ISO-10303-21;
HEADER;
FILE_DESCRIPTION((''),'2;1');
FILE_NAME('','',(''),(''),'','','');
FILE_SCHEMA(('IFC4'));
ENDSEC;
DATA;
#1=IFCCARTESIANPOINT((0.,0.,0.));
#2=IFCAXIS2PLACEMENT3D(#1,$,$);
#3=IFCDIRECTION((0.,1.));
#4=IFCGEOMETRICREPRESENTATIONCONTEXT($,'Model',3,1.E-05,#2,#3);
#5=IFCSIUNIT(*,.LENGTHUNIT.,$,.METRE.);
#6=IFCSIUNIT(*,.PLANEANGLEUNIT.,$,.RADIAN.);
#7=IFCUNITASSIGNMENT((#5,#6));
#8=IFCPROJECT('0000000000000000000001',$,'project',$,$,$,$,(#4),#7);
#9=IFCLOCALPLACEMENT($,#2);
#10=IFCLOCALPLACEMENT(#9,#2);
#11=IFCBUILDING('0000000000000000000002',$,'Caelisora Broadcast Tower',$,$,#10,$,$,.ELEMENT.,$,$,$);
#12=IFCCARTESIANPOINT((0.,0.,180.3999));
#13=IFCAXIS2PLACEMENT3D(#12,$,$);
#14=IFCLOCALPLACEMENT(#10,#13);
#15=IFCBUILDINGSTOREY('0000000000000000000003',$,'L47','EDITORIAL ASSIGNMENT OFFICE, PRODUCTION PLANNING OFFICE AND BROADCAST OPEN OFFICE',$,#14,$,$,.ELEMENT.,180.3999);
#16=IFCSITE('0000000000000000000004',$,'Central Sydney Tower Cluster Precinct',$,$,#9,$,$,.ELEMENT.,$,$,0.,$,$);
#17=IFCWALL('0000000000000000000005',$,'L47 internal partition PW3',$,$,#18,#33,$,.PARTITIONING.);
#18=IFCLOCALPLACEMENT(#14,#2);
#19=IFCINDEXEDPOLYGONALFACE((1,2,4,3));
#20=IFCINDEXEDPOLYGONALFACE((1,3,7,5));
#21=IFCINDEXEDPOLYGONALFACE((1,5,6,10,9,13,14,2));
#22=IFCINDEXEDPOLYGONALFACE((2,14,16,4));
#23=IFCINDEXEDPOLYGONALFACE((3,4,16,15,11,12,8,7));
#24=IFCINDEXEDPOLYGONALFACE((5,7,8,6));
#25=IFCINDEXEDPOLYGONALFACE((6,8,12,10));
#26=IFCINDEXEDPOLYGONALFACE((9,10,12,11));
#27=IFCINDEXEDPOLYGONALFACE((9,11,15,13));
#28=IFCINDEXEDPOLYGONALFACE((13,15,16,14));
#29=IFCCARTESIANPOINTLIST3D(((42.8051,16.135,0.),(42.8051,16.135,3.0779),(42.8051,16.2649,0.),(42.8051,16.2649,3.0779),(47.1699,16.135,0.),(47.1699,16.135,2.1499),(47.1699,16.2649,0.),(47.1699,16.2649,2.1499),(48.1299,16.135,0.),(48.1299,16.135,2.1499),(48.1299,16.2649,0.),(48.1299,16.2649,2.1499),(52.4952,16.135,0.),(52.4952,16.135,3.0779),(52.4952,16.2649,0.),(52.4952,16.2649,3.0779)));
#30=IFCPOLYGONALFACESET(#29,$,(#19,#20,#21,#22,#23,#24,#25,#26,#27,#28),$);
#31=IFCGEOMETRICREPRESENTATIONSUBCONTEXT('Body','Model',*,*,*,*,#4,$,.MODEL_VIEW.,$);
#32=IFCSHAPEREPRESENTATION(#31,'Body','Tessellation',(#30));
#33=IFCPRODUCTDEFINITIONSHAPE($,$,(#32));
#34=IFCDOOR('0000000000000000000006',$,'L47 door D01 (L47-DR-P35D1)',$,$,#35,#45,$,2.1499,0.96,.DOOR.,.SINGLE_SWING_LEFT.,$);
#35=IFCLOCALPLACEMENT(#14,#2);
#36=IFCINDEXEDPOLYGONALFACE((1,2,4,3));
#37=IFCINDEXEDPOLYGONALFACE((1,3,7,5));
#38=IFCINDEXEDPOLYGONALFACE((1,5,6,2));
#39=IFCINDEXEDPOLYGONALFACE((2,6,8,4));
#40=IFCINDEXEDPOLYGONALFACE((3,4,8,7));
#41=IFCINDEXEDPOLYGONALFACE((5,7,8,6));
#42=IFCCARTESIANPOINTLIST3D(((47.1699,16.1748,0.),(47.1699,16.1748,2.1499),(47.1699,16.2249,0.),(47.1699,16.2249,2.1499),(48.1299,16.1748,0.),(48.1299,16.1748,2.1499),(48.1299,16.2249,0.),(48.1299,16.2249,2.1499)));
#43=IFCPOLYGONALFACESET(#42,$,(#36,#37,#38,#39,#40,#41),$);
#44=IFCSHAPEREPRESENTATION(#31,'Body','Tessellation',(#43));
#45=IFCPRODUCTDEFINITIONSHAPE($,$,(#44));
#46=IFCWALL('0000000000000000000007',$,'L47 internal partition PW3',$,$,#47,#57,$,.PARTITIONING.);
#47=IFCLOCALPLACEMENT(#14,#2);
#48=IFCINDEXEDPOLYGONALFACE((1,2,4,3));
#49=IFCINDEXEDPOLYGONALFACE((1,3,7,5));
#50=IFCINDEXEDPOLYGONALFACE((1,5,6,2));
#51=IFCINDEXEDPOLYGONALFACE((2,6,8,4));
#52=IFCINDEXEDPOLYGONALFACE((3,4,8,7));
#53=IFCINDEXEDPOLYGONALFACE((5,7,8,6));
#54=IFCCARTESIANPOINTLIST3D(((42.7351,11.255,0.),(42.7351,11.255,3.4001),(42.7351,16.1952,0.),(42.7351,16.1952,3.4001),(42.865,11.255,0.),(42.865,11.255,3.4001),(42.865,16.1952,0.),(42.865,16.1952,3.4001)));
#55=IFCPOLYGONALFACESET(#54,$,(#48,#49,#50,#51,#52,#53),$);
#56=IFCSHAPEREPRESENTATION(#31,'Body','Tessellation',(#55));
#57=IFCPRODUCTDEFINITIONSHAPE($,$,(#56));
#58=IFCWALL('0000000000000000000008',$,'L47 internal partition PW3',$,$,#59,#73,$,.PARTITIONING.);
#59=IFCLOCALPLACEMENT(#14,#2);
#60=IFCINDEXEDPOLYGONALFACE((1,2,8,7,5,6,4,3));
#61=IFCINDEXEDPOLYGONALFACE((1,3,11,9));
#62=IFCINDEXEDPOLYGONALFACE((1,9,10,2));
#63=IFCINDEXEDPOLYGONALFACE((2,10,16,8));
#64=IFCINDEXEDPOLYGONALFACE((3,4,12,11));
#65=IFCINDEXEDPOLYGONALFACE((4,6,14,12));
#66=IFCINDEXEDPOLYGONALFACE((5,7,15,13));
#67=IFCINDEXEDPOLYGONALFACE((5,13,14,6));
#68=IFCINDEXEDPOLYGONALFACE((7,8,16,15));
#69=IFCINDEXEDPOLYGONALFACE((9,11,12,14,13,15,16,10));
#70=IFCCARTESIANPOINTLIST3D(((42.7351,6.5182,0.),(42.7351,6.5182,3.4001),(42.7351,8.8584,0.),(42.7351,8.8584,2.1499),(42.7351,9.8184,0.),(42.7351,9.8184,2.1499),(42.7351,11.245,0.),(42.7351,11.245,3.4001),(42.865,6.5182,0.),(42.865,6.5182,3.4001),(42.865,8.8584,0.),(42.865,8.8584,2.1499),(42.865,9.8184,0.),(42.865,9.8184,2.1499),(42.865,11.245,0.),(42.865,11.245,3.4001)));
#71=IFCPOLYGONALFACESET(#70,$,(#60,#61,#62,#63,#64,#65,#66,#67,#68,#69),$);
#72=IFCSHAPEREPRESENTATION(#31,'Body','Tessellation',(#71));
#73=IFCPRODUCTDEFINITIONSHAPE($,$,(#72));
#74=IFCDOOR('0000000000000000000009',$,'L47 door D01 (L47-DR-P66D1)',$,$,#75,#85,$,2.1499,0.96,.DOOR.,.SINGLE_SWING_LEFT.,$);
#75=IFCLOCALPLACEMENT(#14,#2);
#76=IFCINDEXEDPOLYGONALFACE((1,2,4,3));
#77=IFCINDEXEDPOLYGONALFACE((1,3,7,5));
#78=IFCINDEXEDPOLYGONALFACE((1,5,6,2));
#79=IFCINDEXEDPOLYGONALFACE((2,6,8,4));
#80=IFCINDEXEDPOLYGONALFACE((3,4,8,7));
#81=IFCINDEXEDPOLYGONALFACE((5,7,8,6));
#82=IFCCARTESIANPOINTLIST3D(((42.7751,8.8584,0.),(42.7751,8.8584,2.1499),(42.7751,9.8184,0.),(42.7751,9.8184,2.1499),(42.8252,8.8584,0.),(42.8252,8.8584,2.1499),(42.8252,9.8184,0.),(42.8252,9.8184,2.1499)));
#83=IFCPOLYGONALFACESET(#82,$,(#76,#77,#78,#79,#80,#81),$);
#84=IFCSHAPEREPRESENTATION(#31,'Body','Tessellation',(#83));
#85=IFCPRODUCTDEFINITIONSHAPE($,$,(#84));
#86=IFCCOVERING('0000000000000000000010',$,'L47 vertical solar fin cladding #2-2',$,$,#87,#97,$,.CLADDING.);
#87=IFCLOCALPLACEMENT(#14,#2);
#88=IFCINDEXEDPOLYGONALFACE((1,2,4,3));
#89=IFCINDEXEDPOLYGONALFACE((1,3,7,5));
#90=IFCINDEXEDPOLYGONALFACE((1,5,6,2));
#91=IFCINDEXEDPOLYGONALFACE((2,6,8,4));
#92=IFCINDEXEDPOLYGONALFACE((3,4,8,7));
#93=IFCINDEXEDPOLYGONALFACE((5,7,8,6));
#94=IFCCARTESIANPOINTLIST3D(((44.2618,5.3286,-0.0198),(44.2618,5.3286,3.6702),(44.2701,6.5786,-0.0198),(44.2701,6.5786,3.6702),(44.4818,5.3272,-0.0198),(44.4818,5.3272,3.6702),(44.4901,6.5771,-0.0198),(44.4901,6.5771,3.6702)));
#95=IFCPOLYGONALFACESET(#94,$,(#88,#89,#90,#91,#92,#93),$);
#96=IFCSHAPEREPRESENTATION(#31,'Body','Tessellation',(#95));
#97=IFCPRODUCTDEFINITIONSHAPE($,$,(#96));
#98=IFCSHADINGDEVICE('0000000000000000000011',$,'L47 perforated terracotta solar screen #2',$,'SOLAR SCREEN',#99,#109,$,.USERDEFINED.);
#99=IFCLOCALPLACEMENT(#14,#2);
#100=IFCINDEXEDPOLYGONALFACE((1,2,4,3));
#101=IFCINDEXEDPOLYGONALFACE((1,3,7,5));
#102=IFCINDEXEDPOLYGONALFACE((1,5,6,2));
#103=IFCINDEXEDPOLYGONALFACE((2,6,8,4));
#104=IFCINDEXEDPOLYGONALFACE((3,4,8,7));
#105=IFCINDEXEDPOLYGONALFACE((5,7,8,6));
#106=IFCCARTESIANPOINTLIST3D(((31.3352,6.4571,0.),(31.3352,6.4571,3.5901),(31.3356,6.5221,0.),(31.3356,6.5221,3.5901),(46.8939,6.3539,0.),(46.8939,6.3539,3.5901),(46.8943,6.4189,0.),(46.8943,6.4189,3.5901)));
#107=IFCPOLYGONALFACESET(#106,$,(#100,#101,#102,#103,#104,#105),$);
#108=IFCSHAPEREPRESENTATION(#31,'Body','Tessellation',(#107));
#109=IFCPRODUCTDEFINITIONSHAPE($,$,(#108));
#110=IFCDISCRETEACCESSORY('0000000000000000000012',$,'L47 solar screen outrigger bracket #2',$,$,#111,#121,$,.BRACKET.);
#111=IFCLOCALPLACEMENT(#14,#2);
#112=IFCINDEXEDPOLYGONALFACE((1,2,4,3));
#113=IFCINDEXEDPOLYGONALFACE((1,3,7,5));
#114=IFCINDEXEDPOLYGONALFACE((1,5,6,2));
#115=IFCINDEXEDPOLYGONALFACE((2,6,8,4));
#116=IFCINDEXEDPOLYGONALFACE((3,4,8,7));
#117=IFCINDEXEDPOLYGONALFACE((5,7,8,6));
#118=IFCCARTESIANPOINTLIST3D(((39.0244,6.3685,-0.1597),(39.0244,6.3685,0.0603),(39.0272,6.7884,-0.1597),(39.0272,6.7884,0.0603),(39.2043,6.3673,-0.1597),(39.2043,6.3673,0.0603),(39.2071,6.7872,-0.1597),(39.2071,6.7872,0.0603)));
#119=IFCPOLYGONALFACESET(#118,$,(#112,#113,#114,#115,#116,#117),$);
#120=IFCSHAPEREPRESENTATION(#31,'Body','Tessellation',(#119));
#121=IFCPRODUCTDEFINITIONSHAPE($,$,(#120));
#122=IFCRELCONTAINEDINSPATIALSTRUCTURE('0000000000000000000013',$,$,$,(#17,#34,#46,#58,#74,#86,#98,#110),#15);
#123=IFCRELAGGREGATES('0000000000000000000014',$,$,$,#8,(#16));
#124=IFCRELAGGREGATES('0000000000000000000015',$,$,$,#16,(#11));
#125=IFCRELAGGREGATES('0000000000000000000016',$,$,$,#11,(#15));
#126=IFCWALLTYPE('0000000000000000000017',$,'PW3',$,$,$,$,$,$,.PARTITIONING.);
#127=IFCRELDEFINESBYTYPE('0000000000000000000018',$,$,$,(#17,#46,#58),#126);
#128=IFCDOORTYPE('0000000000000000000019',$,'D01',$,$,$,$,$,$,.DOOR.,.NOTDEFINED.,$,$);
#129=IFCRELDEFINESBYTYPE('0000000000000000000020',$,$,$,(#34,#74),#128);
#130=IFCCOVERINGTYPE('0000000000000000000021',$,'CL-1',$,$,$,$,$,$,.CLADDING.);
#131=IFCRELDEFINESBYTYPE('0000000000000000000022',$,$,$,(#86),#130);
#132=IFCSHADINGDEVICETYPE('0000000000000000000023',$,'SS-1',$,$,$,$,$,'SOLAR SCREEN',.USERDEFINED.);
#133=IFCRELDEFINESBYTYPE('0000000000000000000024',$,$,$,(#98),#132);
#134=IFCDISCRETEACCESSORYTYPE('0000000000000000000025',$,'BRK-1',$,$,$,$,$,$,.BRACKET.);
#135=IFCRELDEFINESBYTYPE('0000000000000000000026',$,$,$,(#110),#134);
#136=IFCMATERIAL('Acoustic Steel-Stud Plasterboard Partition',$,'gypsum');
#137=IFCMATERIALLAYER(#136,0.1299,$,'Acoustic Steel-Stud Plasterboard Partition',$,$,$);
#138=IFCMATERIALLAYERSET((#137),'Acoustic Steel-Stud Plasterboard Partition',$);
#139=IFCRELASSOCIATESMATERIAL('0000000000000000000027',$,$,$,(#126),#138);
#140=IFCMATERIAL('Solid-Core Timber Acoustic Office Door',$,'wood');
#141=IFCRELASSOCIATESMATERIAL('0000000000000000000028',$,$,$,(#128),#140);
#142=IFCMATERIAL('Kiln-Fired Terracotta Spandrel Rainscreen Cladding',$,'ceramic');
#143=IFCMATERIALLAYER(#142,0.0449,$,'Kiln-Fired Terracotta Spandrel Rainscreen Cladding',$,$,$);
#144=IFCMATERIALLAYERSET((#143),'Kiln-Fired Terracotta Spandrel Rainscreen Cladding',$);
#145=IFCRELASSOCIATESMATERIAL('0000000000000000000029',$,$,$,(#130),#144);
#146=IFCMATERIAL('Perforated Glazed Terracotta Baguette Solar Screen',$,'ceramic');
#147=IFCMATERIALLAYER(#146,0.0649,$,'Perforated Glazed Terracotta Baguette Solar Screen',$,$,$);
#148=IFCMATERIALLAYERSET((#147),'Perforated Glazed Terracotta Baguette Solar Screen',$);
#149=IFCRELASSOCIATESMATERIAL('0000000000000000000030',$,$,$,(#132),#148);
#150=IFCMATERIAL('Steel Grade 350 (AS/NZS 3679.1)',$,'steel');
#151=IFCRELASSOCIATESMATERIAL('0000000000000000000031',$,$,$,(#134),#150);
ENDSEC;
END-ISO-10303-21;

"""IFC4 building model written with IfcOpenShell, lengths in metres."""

from ifc_helpers import new_model, si_unit, direction, frame, frame_2d, origin, origin_2d, place, context, subcontext, project, spatial, rectangle, extrude, source, transform, mapped, material, layer, layer_set, type_object, type_shapes, element, fill, save


model = new_model("IFC4")

# Units and contexts
model_context = context("Model", 3, precision=1e-05, world=origin(), true_north=direction((0.0, 1.0)))
body_context = subcontext(model_context, "Body", "Model", "MODEL_VIEW")
ifc_project = project(units=[si_unit("LENGTHUNIT", "METRE"), si_unit("PLANEANGLEUNIT", "RADIAN")], contexts=[model_context])

# Site, building, storey
site_placement = place(None, origin())
site = spatial("IfcSite", under=ifc_project, at=site_placement, Name="Central Sydney Tower Cluster Precinct", CompositionType="ELEMENT", RefElevation=0.0)
building_placement = place(site_placement, origin())
building = spatial("IfcBuilding", under=site, at=building_placement, Name="Caelisora Broadcast Tower", CompositionType="ELEMENT")
storey_placement = place(building_placement, frame((0.0, 0.0, 180.3999)))
storey = spatial("IfcBuildingStorey", under=building, at=storey_placement, Name="L47", Description="EDITORIAL ASSIGNMENT OFFICE, PRODUCTION PLANNING OFFICE AND BROADCAST OPEN OFFICE", CompositionType="ELEMENT", Elevation=180.3999)

# Shared definitions
ifc_material_1 = material(Name="Steel Grade 350 (AS/NZS 3679.1)", Category="steel")

# Wall, opening, door
ifc_material_2 = material(Name="Acoustic Steel-Stud Plasterboard Partition", Category="gypsum")
ifc_layer_1 = layer(ifc_material_2, 0.1299, Name="Acoustic Steel-Stud Plasterboard Partition")
ifc_layer_set_1 = layer_set([ifc_layer_1], Name="Acoustic Steel-Stud Plasterboard Partition")
wall_type = type_object("IfcWallType", Name="PW3", PredefinedType="PARTITIONING", material=ifc_layer_set_1)
ifc_material_3 = material(Name="Solid-Core Timber Acoustic Office Door", Category="wood")
door_type = type_object("IfcDoorType", Name="D01", OperationType="NOTDEFINED", PredefinedType="DOOR", material=ifc_material_3)
wall_1_placement = place(storey_placement, frame((42.8049, 16.2, 0.0), z_axis=(0.0, 0.0, 1.0), x_axis=(1.0, 0.0, 0.0)))
wall_1 = element("IfcWall", 1, at=wall_1_placement, inside=storey, type_object=wall_type, Name="L47 internal partition PW3", PredefinedType="PARTITIONING", context=body_context, shape_type="SweptSolid", body=[
    extrude(rectangle(XDim=9.6902, YDim=0.1299, at=frame_2d((4.8452, 0.0))), origin(), (0.0, 0.0, 1.0), 3.0779),
])
opening_1_placement = place(wall_1_placement, frame((4.365, 0.0, 0.0)))
opening_1 = element("IfcOpeningElement", 2, at=opening_1_placement, cuts=wall_1, PredefinedType="OPENING", context=body_context, shape_type="SweptSolid", body=[
    extrude(rectangle(XDim=0.96, YDim=2.1499, at=frame_2d((0.48, 1.075))), frame((0.0, 0.0769, 0.0), z_axis=(0.0, -1.0, 0.0), x_axis=(1.0, 0.0, 0.0)), (0.0, 0.0, 1.0), 0.1538),
])
door_1_placement = place(opening_1_placement, origin())
door_1 = element("IfcDoor", 3, at=door_1_placement, inside=storey, type_object=door_type, Name="L47 door D01 (L47-DR-P35D1)", OperationType="SINGLE_SWING_LEFT", OverallHeight=2.1499, OverallWidth=0.96, PredefinedType="DOOR", context=body_context, shape_type="SweptSolid", body=[
    extrude(rectangle(XDim=0.96, YDim=2.1499, at=frame_2d((0.48, 1.075))), frame((0.0, 0.0249, 0.0), z_axis=(0.0, -1.0, 0.0), x_axis=(1.0, 0.0, 0.0)), (0.0, 0.0, 1.0), 0.05),
])
fill(opening_1, door_1)

# Wall
wall_2_placement = place(storey_placement, frame((42.8, 11.2549, 0.0), z_axis=(0.0, 0.0, 1.0), x_axis=(0.0, 1.0, 0.0)))
element("IfcWall", 4, at=wall_2_placement, inside=storey, type_object=wall_type, Name="L47 internal partition PW3", PredefinedType="PARTITIONING", context=body_context, shape_type="SweptSolid", body=[
    extrude(rectangle(XDim=4.9402, YDim=0.1299, at=frame_2d((2.4702, 0.0))), origin(), (0.0, 0.0, 1.0), 3.4001),
])

# Wall, opening, door
wall_3_placement = place(storey_placement, frame((42.8, 6.5183, 0.0), z_axis=(0.0, 0.0, 1.0), x_axis=(0.0, 1.0, 0.0)))
wall_3 = element("IfcWall", 5, at=wall_3_placement, inside=storey, type_object=wall_type, Name="L47 internal partition PW3", PredefinedType="PARTITIONING", context=body_context, shape_type="SweptSolid", body=[
    extrude(rectangle(XDim=4.7268, YDim=0.1299, at=frame_2d((2.3633, 0.0))), origin(), (0.0, 0.0, 1.0), 3.4001),
])
opening_2_placement = place(wall_3_placement, frame((2.3401, 0.0, 0.0)))
opening_2 = element("IfcOpeningElement", 6, at=opening_2_placement, cuts=wall_3, PredefinedType="OPENING", context=body_context, shape_type="SweptSolid", body=[
    extrude(rectangle(XDim=0.96, YDim=2.1499, at=frame_2d((0.48, 1.075))), frame((0.0, 0.0769, 0.0), z_axis=(0.0, -1.0, 0.0), x_axis=(1.0, 0.0, 0.0)), (0.0, 0.0, 1.0), 0.1538),
])
door_2_placement = place(opening_2_placement, origin())
door_2 = element("IfcDoor", 7, at=door_2_placement, inside=storey, type_object=door_type, Name="L47 door D01 (L47-DR-P66D1)", OperationType="SINGLE_SWING_LEFT", OverallHeight=2.1499, OverallWidth=0.96, PredefinedType="DOOR", context=body_context, shape_type="SweptSolid", body=[
    extrude(rectangle(XDim=0.96, YDim=2.1499, at=frame_2d((0.48, 1.075))), frame((0.0, 0.0249, 0.0), z_axis=(0.0, -1.0, 0.0), x_axis=(1.0, 0.0, 0.0)), (0.0, 0.0, 1.0), 0.05),
])
fill(opening_2, door_2)

# Covering
ifc_material_4 = material(Name="Kiln-Fired Terracotta Spandrel Rainscreen Cladding", Category="ceramic")
ifc_layer_2 = layer(ifc_material_4, 0.0449, Name="Kiln-Fired Terracotta Spandrel Rainscreen Cladding")
ifc_layer_set_2 = layer_set([ifc_layer_2], Name="Kiln-Fired Terracotta Spandrel Rainscreen Cladding")
covering_type = type_object("IfcCoveringType", Name="CL-1", PredefinedType="CLADDING", material=ifc_layer_set_2)
shared_shape_1 = source(origin(), body_context, "Body", "SweptSolid", [
    extrude(rectangle(XDim=0.22, YDim=1.25, at=origin_2d()), origin(), (0.0, 0.0, 1.0), 3.6899),
])
type_shapes(covering_type, [shared_shape_1])
covering_placement = place(storey_placement, frame((44.376, 5.9529, -0.0198), z_axis=(0.0, 0.0, 1.0), x_axis=(-0.999978, 0.006632, 0.0)))
element("IfcCovering", 8, at=covering_placement, inside=storey, type_object=covering_type, Name="L47 vertical solar fin cladding #2-2", PredefinedType="CLADDING", context=body_context, shape_type="MappedRepresentation", body=[
    mapped(shared_shape_1, transform((0.0, 0.0, 0.0), scale=1.0)),
])

# Shading device
ifc_material_5 = material(Name="Perforated Glazed Terracotta Baguette Solar Screen", Category="ceramic")
ifc_layer_3 = layer(ifc_material_5, 0.0649, Name="Perforated Glazed Terracotta Baguette Solar Screen")
ifc_layer_set_3 = layer_set([ifc_layer_3], Name="Perforated Glazed Terracotta Baguette Solar Screen")
shading_device_type = type_object("IfcShadingDeviceType", Name="SS-1", ElementType="SOLAR SCREEN", PredefinedType="USERDEFINED", material=ifc_layer_set_3)
shared_shape_2 = source(origin(), body_context, "Body", "SweptSolid", [
    extrude(rectangle(XDim=15.5591, YDim=0.0649, at=origin_2d()), origin(), (0.0, 0.0, 1.0), 3.5901),
])
type_shapes(shading_device_type, [shared_shape_2])
shading_device_placement = place(storey_placement, frame((39.1147, 6.438, 0.0), z_axis=(0.0, 0.0, 1.0), x_axis=(0.999978, -0.006632, 0.0)))
element("IfcShadingDevice", 9, at=shading_device_placement, inside=storey, type_object=shading_device_type, Name="L47 perforated terracotta solar screen #2", ObjectType="SOLAR SCREEN", PredefinedType="USERDEFINED", context=body_context, shape_type="MappedRepresentation", body=[
    mapped(shared_shape_2, transform((0.0, 0.0, 0.0), scale=1.0)),
])

# Discrete accessory
discrete_accessory_type = type_object("IfcDiscreteAccessoryType", Name="BRK-1", PredefinedType="BRACKET", material=ifc_material_1)
shared_shape_3 = source(origin(), body_context, "Body", "SweptSolid", [
    extrude(rectangle(XDim=0.1799, YDim=0.4199, at=origin_2d()), origin(), (0.0, 0.0, 1.0), 0.22),
])
type_shapes(discrete_accessory_type, [shared_shape_3])
discrete_accessory_placement = place(storey_placement, frame((39.1157, 6.5779, -0.1597), z_axis=(0.0, 0.0, 1.0), x_axis=(0.999978, -0.006632, 0.0)))
element("IfcDiscreteAccessory", 10, at=discrete_accessory_placement, inside=storey, type_object=discrete_accessory_type, Name="L47 solar screen outrigger bracket #2", PredefinedType="BRACKET", context=body_context, shape_type="MappedRepresentation", body=[
    mapped(shared_shape_3, transform((0.0, 0.0, 0.0), scale=1.0)),
])

save(model, "model.ifc")
